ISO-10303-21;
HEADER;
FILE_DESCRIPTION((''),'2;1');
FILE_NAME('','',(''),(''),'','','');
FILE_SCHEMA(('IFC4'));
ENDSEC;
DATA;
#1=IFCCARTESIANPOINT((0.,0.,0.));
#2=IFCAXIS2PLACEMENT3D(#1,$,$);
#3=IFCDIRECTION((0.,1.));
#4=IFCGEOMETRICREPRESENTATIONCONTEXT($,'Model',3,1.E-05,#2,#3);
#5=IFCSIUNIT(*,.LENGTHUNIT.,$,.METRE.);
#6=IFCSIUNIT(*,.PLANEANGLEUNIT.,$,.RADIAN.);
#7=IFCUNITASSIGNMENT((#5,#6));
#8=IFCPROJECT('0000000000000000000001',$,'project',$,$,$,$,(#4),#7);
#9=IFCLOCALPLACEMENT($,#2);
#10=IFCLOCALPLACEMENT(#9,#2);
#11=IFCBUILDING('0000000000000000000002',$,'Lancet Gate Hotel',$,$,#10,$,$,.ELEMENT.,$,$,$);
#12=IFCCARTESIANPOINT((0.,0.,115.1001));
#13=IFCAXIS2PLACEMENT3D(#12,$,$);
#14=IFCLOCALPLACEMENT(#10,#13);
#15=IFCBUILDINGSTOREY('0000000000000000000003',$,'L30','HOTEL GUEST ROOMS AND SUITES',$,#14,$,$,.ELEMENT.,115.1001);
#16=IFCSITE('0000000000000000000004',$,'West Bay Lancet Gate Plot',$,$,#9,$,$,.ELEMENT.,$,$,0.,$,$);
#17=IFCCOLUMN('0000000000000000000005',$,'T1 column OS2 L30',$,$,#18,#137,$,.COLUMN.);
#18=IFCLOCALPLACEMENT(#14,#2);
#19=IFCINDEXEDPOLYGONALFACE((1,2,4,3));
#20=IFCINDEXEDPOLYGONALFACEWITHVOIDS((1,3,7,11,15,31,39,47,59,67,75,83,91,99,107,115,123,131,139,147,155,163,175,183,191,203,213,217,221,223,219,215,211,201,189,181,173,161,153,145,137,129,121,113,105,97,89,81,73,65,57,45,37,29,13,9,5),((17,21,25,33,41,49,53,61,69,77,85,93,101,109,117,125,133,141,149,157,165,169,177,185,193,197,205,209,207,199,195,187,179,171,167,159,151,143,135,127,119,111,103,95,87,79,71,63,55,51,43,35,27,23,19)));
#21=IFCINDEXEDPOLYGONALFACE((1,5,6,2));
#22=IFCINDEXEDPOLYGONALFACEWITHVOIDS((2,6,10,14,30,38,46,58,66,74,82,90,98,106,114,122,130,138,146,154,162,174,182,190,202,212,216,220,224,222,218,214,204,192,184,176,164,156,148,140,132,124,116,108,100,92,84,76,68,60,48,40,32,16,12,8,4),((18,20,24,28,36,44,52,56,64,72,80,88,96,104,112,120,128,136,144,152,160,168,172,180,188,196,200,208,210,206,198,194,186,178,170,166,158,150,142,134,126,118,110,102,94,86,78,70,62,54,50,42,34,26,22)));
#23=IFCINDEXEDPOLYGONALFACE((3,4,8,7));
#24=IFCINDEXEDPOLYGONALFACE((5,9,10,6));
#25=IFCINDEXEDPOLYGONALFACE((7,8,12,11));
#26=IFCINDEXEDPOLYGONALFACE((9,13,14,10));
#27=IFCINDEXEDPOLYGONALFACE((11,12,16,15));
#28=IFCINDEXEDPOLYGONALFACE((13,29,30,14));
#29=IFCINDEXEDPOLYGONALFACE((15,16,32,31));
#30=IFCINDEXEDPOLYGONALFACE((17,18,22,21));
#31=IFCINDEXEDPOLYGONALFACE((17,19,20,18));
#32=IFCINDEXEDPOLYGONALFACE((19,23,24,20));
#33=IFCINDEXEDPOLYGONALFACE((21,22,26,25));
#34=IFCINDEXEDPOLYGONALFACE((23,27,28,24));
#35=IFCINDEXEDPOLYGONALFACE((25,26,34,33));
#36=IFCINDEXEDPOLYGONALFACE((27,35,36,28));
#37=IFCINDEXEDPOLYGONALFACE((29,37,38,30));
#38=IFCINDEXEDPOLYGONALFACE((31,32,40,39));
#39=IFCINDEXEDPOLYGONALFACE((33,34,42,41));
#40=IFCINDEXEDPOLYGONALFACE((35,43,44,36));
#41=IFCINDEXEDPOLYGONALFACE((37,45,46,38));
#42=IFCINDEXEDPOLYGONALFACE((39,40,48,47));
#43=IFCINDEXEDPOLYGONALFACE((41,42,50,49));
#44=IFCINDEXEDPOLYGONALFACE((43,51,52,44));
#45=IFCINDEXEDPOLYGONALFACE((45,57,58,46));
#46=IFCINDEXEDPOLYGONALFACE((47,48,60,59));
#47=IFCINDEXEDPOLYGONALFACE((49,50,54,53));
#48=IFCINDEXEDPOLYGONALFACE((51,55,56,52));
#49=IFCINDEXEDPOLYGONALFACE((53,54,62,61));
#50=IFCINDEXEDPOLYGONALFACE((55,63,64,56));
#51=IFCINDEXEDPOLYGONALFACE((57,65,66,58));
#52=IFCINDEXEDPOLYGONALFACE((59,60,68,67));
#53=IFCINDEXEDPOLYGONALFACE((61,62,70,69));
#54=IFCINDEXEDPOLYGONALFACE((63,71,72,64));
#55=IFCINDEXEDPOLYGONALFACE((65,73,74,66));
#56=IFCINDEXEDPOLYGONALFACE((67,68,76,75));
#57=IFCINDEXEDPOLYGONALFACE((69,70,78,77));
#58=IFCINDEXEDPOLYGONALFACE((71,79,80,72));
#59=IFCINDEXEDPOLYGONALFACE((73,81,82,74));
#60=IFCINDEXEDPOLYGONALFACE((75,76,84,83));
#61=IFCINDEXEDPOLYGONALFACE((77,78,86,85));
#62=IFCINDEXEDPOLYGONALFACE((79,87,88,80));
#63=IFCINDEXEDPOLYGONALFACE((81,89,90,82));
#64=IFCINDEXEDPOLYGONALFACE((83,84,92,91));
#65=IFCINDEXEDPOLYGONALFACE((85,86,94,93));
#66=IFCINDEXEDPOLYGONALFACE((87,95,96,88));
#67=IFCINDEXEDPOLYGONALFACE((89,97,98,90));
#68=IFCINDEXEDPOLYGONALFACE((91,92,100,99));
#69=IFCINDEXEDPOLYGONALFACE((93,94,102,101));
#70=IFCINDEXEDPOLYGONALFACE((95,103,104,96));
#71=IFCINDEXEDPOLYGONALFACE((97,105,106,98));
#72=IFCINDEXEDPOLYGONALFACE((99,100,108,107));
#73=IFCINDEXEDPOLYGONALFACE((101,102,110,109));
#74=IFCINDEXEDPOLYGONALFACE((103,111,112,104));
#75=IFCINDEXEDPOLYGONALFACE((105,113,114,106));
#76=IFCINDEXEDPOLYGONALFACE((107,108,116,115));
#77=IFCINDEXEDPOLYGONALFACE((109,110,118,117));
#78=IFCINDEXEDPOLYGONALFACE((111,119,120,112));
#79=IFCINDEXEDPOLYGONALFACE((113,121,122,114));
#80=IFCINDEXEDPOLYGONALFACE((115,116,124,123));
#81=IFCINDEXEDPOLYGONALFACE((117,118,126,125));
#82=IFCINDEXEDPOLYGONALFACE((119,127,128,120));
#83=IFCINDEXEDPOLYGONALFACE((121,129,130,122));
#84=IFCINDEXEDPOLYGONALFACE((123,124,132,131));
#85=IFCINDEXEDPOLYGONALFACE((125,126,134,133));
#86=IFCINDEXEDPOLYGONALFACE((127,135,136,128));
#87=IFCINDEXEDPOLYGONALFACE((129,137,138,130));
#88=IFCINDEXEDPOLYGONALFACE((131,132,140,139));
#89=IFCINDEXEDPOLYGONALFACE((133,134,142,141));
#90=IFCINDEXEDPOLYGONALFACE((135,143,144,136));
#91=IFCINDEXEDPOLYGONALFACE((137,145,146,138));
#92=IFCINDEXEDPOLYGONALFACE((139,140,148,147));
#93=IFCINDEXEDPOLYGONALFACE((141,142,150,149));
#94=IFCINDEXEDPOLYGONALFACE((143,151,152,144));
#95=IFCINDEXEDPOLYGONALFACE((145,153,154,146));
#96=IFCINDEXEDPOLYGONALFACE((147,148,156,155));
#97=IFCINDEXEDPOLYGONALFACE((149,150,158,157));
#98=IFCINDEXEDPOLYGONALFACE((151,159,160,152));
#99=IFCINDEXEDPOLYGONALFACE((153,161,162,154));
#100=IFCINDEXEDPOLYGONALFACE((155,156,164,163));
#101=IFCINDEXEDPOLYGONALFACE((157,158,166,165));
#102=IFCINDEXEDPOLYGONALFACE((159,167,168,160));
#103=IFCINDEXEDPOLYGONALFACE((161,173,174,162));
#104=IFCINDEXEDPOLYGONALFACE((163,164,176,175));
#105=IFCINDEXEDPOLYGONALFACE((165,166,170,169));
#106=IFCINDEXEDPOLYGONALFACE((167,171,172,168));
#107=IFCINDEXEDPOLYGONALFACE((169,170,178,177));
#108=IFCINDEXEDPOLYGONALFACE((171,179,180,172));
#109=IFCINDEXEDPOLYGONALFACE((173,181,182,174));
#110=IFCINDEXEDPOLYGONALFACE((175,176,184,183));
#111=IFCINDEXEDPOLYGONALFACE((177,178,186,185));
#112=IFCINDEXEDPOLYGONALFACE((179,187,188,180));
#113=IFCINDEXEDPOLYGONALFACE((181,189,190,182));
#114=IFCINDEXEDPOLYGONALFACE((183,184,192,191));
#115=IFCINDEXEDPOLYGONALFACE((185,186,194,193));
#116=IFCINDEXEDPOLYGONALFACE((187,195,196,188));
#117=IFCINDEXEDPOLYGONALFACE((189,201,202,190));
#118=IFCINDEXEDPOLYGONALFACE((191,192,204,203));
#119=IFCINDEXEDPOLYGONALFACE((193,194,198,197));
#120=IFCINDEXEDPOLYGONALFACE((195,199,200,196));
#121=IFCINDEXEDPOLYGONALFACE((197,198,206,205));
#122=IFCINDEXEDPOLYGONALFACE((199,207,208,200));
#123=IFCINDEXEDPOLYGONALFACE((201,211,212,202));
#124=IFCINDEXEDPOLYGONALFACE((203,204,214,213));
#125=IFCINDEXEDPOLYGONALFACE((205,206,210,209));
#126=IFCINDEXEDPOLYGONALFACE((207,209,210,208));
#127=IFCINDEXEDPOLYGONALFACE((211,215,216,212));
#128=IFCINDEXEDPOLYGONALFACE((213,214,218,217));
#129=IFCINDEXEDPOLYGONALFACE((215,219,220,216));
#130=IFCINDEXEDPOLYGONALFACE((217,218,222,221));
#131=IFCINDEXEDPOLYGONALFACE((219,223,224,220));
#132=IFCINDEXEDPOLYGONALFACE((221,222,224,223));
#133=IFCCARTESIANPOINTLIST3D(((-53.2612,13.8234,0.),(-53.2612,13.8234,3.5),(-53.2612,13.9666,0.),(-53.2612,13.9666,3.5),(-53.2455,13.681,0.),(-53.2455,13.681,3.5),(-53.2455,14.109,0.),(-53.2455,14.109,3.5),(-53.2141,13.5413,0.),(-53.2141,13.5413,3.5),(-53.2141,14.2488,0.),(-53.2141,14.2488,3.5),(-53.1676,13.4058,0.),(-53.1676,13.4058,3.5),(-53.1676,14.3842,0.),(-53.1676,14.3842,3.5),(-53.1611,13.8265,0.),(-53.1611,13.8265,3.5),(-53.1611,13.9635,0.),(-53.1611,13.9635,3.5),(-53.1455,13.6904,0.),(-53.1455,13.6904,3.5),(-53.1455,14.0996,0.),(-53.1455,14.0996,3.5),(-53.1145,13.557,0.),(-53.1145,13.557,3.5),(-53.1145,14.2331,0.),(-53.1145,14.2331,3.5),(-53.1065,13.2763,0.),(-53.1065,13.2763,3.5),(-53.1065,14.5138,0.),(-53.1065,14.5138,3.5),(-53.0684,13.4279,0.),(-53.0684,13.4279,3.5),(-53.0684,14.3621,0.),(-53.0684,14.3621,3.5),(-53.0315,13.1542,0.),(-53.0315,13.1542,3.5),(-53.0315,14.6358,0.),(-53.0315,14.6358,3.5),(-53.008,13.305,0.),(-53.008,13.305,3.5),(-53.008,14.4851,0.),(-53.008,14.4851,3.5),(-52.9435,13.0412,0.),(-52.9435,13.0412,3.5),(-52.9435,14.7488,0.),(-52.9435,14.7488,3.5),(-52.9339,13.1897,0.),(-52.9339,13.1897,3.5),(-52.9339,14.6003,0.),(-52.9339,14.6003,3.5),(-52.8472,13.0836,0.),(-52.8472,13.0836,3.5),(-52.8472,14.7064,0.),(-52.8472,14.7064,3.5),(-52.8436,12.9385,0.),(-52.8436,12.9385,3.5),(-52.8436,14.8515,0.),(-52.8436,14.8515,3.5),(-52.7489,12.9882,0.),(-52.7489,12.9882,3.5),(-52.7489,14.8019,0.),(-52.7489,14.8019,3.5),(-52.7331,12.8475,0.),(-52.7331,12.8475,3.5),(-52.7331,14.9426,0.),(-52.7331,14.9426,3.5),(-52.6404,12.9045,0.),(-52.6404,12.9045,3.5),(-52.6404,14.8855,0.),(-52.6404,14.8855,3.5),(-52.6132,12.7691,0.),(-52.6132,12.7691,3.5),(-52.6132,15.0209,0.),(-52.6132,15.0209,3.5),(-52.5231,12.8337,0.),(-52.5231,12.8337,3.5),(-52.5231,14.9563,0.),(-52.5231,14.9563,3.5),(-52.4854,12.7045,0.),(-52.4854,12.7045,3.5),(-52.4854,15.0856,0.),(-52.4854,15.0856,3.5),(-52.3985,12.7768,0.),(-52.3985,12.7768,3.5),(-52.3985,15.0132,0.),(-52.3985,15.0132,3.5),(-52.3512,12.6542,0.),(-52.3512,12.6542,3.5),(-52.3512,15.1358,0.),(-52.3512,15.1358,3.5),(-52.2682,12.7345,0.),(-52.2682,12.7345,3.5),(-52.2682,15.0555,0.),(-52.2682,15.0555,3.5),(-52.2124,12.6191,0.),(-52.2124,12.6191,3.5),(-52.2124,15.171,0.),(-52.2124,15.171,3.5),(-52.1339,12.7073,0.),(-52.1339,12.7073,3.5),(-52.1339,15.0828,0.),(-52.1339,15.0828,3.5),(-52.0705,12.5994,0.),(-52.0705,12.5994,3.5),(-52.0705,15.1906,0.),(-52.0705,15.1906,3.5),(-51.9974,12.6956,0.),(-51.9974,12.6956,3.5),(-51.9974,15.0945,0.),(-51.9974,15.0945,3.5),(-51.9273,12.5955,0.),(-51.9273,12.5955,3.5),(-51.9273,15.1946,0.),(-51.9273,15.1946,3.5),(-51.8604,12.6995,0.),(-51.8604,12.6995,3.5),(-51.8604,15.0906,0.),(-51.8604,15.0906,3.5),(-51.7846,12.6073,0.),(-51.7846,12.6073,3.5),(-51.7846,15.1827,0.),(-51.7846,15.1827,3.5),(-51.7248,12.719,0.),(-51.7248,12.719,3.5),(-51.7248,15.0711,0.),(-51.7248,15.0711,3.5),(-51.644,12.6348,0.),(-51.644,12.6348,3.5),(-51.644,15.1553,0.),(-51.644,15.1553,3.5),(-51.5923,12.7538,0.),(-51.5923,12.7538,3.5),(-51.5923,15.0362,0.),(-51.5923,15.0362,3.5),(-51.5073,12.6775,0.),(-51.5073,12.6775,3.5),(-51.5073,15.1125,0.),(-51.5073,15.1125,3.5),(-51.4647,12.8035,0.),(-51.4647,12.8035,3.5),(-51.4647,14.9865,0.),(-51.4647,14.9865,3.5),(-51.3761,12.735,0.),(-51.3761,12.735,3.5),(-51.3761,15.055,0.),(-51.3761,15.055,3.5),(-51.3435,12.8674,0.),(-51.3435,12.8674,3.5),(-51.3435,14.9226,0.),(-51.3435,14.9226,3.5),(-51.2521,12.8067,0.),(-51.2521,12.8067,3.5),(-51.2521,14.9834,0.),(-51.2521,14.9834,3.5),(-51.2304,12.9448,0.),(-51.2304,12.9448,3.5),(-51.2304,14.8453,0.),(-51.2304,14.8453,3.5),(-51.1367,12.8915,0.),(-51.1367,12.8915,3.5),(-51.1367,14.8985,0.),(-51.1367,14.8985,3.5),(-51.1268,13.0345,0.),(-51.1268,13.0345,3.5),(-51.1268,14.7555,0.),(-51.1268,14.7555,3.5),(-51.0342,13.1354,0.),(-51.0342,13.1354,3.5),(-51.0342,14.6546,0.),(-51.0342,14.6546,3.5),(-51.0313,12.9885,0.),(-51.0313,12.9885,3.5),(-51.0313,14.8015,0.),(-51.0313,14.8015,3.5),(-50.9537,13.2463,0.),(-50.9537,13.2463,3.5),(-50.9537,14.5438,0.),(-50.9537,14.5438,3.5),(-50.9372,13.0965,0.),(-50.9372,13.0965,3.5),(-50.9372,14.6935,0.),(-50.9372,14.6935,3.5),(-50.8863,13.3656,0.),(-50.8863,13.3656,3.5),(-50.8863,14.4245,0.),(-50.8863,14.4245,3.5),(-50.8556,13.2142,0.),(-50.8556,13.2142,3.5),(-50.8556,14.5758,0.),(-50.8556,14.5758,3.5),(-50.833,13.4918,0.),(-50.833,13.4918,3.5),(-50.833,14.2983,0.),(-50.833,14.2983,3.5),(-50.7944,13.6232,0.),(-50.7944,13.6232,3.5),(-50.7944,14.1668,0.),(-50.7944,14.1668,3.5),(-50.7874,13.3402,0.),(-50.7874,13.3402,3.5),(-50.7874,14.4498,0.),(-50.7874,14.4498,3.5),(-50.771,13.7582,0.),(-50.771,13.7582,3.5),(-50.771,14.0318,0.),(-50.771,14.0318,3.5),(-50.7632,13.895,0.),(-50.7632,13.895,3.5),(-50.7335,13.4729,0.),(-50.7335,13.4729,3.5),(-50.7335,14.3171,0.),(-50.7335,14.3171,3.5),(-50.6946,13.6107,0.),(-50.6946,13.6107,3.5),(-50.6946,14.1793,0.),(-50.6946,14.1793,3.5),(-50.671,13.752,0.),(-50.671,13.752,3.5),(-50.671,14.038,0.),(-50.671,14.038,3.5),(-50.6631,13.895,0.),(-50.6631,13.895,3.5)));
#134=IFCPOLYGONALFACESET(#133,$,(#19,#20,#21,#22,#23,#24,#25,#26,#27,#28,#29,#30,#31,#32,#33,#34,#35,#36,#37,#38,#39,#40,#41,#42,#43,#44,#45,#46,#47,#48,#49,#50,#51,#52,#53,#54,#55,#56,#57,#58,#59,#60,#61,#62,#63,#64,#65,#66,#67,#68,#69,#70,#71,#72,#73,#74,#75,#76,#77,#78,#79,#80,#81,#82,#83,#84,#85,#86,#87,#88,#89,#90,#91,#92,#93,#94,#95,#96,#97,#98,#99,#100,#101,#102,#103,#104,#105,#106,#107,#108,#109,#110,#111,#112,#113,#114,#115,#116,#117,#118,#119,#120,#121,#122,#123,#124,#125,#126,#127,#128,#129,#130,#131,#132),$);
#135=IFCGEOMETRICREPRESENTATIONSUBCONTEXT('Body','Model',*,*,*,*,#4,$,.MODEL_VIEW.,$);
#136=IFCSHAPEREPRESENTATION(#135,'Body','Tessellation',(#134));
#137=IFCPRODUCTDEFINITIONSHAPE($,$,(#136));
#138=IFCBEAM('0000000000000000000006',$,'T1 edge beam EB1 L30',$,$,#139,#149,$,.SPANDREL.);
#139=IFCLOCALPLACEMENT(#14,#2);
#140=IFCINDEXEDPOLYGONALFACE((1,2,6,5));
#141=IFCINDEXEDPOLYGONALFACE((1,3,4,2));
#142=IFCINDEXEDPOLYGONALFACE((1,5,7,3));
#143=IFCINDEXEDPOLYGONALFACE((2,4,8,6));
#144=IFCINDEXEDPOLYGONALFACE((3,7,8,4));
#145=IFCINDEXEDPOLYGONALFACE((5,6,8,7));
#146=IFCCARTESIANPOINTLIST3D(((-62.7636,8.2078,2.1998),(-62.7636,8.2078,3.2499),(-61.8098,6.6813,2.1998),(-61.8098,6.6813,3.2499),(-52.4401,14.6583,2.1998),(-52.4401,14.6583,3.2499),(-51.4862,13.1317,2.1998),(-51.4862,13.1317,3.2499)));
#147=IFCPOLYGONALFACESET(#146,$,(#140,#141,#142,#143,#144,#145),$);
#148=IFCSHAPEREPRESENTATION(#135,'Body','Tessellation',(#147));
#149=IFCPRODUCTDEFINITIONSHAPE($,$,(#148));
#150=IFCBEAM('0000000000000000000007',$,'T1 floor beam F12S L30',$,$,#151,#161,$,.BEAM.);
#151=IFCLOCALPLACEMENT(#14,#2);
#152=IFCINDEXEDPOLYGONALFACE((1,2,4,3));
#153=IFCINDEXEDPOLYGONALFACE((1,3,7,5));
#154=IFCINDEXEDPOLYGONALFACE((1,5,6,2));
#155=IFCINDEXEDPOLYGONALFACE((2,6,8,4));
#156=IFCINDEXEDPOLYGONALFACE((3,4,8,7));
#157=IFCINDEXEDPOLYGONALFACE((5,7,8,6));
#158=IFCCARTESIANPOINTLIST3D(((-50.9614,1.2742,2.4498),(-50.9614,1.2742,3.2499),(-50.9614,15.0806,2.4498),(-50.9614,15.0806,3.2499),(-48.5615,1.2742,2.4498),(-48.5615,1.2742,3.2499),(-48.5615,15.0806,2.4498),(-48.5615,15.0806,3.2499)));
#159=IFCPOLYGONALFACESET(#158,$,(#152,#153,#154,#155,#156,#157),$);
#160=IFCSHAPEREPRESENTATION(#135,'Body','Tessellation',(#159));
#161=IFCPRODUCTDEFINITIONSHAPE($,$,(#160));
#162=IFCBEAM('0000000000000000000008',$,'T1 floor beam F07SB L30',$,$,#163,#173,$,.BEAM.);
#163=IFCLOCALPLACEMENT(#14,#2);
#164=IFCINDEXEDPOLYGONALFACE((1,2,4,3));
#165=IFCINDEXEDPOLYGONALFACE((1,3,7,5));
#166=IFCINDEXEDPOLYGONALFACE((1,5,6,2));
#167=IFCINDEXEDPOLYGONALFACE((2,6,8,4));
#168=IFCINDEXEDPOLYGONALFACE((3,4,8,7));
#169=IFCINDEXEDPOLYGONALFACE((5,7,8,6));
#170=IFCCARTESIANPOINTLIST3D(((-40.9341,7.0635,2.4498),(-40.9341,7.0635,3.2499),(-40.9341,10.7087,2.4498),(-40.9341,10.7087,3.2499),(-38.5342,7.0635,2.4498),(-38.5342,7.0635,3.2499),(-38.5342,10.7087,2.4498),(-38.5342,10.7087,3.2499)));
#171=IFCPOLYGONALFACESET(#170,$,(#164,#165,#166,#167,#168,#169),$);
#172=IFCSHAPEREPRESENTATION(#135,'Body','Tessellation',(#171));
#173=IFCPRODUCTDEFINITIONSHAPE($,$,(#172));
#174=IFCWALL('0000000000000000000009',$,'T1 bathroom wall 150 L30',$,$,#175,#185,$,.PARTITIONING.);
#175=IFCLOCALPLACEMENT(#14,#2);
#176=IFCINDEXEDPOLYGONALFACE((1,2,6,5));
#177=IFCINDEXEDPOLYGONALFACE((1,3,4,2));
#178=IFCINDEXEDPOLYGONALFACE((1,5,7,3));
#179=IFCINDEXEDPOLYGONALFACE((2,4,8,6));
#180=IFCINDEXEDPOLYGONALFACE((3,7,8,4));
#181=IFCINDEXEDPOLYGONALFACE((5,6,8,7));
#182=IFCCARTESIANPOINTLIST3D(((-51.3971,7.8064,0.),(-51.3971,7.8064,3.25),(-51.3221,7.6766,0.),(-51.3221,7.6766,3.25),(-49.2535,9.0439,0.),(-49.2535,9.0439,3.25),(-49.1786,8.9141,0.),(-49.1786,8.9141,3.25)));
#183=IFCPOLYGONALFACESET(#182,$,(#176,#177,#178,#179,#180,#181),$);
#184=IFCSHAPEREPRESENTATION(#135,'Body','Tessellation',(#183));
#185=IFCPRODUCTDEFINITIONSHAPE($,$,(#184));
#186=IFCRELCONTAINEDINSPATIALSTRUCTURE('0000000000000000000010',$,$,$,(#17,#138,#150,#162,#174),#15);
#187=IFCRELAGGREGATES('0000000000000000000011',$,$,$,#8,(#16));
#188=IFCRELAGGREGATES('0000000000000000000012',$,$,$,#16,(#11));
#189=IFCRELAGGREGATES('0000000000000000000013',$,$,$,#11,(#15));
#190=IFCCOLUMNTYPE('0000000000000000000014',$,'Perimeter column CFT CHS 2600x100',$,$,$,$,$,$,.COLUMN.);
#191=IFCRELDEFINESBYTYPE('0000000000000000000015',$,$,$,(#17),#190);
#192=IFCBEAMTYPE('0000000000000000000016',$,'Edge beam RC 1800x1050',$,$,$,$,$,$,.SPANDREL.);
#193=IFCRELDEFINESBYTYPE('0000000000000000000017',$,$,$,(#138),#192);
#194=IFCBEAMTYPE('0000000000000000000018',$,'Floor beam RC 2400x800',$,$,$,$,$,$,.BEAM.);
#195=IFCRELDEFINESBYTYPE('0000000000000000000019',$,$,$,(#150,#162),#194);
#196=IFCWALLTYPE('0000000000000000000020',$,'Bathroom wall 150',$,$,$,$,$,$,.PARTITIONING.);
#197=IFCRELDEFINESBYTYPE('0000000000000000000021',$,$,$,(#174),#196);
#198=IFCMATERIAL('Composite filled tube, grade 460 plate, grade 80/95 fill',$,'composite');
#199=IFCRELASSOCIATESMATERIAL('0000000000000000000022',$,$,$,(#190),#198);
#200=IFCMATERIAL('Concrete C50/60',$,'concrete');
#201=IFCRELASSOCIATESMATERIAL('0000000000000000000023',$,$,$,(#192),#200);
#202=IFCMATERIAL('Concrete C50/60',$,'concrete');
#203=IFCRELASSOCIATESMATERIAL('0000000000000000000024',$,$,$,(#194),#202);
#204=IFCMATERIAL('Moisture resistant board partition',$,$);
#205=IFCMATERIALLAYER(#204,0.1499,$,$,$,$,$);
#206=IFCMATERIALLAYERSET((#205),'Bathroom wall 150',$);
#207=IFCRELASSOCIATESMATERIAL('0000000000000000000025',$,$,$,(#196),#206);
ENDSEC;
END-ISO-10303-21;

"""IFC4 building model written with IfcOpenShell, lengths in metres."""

from ifc_helpers import new_model, si_unit, direction, frame, frame_2d, origin, origin_2d, place, context, subcontext, project, spatial, rectangle, hollow_circle, extrude, material, layer, layer_set, material_profile, profile_set, type_object, element, save


model = new_model("IFC4")

# Units and contexts
model_context = context("Model", 3, precision=1e-05, world=origin(), true_north=direction((0.0, 1.0)))
body_context = subcontext(model_context, "Body", "Model", "MODEL_VIEW")
ifc_project = project(units=[si_unit("LENGTHUNIT", "METRE"), si_unit("PLANEANGLEUNIT", "RADIAN")], contexts=[model_context])

# Site, building, storey
site_placement = place(None, origin())
site = spatial("IfcSite", under=ifc_project, at=site_placement, Name="West Bay Lancet Gate Plot", CompositionType="ELEMENT", RefElevation=0.0)
building_placement = place(site_placement, origin())
building = spatial("IfcBuilding", under=site, at=building_placement, Name="Lancet Gate Hotel", CompositionType="ELEMENT")
storey_placement = place(building_placement, frame((0.0, 0.0, 115.1001)))
storey = spatial("IfcBuildingStorey", under=building, at=storey_placement, Name="L30", Description="HOTEL GUEST ROOMS AND SUITES", CompositionType="ELEMENT", Elevation=115.1001)

# Column
ifc_material_1 = material(Name="Composite filled tube, grade 460 plate, grade 80/95 fill", Category="composite")
ifc_material_profile_1 = material_profile(ifc_material_1, hollow_circle(Radius=1.3, WallThickness=0.1001, at=origin_2d()), Name="CHS 2600x100")
ifc_profile_set_1 = profile_set([ifc_material_profile_1], Name="Composite filled tube, grade 460 plate, grade 80/95 fill")
column_type = type_object("IfcColumnType", Name="Perimeter column CFT CHS 2600x100", PredefinedType="COLUMN", material=ifc_profile_set_1)
column_placement = place(storey_placement, frame((-51.9631, 13.895, 0.0), z_axis=(0.0, 0.0, 1.0), x_axis=(1.0, 0.0, 0.0)))
element("IfcColumn", 1, at=column_placement, inside=storey, type_object=column_type, Name="T1 column OS2 L30", PredefinedType="COLUMN", context=body_context, shape_type="SweptSolid", body=[
    extrude(hollow_circle(Radius=1.3, WallThickness=0.1001, at=origin_2d()), origin(), (0.0, 0.0, 1.0), 3.5),
])

# Beams
ifc_material_2 = material(Name="Concrete C50/60", Category="concrete")
ifc_material_profile_2 = material_profile(ifc_material_2, rectangle(XDim=1.8, YDim=1.05, at=origin_2d()), Name="RC 1800x1050")
ifc_profile_set_2 = profile_set([ifc_material_profile_2], Name="Concrete C50/60")
beam_type_1 = type_object("IfcBeamType", Name="Edge beam RC 1800x1050", PredefinedType="SPANDREL", material=ifc_profile_set_2)
beam_1_placement = place(storey_placement, frame((-51.9631, 13.895, 2.7249), z_axis=(-0.848063, -0.529896, 0.0), x_axis=(0.529896, -0.848063, 0.0)))
element("IfcBeam", 2, at=beam_1_placement, inside=storey, type_object=beam_type_1, Name="T1 edge beam EB1 L30", PredefinedType="SPANDREL", context=body_context, shape_type="SweptSolid", body=[
    extrude(rectangle(XDim=1.8, YDim=1.05, at=origin_2d()), origin(), (0.0, 0.0, 1.0), 12.1731),
])
ifc_material_3 = material(Name="Concrete C50/60", Category="concrete")
ifc_material_profile_3 = material_profile(ifc_material_3, rectangle(XDim=2.3999, YDim=0.8, at=origin_2d()), Name="RC 2400x800")
ifc_profile_set_3 = profile_set([ifc_material_profile_3], Name="Concrete C50/60")
beam_type_2 = type_object("IfcBeamType", Name="Floor beam RC 2400x800", PredefinedType="BEAM", material=ifc_profile_set_3)
beam_2_placement = place(storey_placement, frame((-49.7615, 15.0806, 2.8499), z_axis=(0.0, -1.0, 0.0), x_axis=(1.0, 0.0, 0.0)))
element("IfcBeam", 3, at=beam_2_placement, inside=storey, type_object=beam_type_2, Name="T1 floor beam F12S L30", PredefinedType="BEAM", context=body_context, shape_type="SweptSolid", body=[
    extrude(rectangle(XDim=2.3999, YDim=0.8, at=origin_2d()), origin(), (0.0, 0.0, 1.0), 13.8064),
])
beam_3_placement = place(storey_placement, frame((-39.7341, 10.7087, 2.8499), z_axis=(0.0, -1.0, 0.0), x_axis=(1.0, 0.0, 0.0)))
element("IfcBeam", 4, at=beam_3_placement, inside=storey, type_object=beam_type_2, Name="T1 floor beam F07SB L30", PredefinedType="BEAM", context=body_context, shape_type="SweptSolid", body=[
    extrude(rectangle(XDim=2.3999, YDim=0.8, at=origin_2d()), origin(), (0.0, 0.0, 1.0), 3.6453),
])

# Wall
ifc_material_4 = material(Name="Moisture resistant board partition")
ifc_layer_1 = layer(ifc_material_4, 0.1499)
ifc_layer_set_1 = layer_set([ifc_layer_1], Name="Bathroom wall 150")
wall_type_1 = type_object("IfcWallType", Name="Bathroom wall 150", PredefinedType="PARTITIONING", material=ifc_layer_set_1)
wall_1_placement = place(storey_placement, frame((-49.2161, 8.979, 0.0), z_axis=(0.0, 0.0, 1.0), x_axis=(-0.866031, -0.49999, 0.0)))
element("IfcWall", 5, at=wall_1_placement, inside=storey, type_object=wall_type_1, Name="T1 bathroom wall 150 L30", PredefinedType="PARTITIONING", context=body_context, shape_type="SweptSolid", body=[
    extrude(rectangle(XDim=2.4751, YDim=0.1499, at=frame_2d((1.2375, 0.0))), origin(), (0.0, 0.0, 1.0), 3.25),
])

save(model, "model.ifc")
